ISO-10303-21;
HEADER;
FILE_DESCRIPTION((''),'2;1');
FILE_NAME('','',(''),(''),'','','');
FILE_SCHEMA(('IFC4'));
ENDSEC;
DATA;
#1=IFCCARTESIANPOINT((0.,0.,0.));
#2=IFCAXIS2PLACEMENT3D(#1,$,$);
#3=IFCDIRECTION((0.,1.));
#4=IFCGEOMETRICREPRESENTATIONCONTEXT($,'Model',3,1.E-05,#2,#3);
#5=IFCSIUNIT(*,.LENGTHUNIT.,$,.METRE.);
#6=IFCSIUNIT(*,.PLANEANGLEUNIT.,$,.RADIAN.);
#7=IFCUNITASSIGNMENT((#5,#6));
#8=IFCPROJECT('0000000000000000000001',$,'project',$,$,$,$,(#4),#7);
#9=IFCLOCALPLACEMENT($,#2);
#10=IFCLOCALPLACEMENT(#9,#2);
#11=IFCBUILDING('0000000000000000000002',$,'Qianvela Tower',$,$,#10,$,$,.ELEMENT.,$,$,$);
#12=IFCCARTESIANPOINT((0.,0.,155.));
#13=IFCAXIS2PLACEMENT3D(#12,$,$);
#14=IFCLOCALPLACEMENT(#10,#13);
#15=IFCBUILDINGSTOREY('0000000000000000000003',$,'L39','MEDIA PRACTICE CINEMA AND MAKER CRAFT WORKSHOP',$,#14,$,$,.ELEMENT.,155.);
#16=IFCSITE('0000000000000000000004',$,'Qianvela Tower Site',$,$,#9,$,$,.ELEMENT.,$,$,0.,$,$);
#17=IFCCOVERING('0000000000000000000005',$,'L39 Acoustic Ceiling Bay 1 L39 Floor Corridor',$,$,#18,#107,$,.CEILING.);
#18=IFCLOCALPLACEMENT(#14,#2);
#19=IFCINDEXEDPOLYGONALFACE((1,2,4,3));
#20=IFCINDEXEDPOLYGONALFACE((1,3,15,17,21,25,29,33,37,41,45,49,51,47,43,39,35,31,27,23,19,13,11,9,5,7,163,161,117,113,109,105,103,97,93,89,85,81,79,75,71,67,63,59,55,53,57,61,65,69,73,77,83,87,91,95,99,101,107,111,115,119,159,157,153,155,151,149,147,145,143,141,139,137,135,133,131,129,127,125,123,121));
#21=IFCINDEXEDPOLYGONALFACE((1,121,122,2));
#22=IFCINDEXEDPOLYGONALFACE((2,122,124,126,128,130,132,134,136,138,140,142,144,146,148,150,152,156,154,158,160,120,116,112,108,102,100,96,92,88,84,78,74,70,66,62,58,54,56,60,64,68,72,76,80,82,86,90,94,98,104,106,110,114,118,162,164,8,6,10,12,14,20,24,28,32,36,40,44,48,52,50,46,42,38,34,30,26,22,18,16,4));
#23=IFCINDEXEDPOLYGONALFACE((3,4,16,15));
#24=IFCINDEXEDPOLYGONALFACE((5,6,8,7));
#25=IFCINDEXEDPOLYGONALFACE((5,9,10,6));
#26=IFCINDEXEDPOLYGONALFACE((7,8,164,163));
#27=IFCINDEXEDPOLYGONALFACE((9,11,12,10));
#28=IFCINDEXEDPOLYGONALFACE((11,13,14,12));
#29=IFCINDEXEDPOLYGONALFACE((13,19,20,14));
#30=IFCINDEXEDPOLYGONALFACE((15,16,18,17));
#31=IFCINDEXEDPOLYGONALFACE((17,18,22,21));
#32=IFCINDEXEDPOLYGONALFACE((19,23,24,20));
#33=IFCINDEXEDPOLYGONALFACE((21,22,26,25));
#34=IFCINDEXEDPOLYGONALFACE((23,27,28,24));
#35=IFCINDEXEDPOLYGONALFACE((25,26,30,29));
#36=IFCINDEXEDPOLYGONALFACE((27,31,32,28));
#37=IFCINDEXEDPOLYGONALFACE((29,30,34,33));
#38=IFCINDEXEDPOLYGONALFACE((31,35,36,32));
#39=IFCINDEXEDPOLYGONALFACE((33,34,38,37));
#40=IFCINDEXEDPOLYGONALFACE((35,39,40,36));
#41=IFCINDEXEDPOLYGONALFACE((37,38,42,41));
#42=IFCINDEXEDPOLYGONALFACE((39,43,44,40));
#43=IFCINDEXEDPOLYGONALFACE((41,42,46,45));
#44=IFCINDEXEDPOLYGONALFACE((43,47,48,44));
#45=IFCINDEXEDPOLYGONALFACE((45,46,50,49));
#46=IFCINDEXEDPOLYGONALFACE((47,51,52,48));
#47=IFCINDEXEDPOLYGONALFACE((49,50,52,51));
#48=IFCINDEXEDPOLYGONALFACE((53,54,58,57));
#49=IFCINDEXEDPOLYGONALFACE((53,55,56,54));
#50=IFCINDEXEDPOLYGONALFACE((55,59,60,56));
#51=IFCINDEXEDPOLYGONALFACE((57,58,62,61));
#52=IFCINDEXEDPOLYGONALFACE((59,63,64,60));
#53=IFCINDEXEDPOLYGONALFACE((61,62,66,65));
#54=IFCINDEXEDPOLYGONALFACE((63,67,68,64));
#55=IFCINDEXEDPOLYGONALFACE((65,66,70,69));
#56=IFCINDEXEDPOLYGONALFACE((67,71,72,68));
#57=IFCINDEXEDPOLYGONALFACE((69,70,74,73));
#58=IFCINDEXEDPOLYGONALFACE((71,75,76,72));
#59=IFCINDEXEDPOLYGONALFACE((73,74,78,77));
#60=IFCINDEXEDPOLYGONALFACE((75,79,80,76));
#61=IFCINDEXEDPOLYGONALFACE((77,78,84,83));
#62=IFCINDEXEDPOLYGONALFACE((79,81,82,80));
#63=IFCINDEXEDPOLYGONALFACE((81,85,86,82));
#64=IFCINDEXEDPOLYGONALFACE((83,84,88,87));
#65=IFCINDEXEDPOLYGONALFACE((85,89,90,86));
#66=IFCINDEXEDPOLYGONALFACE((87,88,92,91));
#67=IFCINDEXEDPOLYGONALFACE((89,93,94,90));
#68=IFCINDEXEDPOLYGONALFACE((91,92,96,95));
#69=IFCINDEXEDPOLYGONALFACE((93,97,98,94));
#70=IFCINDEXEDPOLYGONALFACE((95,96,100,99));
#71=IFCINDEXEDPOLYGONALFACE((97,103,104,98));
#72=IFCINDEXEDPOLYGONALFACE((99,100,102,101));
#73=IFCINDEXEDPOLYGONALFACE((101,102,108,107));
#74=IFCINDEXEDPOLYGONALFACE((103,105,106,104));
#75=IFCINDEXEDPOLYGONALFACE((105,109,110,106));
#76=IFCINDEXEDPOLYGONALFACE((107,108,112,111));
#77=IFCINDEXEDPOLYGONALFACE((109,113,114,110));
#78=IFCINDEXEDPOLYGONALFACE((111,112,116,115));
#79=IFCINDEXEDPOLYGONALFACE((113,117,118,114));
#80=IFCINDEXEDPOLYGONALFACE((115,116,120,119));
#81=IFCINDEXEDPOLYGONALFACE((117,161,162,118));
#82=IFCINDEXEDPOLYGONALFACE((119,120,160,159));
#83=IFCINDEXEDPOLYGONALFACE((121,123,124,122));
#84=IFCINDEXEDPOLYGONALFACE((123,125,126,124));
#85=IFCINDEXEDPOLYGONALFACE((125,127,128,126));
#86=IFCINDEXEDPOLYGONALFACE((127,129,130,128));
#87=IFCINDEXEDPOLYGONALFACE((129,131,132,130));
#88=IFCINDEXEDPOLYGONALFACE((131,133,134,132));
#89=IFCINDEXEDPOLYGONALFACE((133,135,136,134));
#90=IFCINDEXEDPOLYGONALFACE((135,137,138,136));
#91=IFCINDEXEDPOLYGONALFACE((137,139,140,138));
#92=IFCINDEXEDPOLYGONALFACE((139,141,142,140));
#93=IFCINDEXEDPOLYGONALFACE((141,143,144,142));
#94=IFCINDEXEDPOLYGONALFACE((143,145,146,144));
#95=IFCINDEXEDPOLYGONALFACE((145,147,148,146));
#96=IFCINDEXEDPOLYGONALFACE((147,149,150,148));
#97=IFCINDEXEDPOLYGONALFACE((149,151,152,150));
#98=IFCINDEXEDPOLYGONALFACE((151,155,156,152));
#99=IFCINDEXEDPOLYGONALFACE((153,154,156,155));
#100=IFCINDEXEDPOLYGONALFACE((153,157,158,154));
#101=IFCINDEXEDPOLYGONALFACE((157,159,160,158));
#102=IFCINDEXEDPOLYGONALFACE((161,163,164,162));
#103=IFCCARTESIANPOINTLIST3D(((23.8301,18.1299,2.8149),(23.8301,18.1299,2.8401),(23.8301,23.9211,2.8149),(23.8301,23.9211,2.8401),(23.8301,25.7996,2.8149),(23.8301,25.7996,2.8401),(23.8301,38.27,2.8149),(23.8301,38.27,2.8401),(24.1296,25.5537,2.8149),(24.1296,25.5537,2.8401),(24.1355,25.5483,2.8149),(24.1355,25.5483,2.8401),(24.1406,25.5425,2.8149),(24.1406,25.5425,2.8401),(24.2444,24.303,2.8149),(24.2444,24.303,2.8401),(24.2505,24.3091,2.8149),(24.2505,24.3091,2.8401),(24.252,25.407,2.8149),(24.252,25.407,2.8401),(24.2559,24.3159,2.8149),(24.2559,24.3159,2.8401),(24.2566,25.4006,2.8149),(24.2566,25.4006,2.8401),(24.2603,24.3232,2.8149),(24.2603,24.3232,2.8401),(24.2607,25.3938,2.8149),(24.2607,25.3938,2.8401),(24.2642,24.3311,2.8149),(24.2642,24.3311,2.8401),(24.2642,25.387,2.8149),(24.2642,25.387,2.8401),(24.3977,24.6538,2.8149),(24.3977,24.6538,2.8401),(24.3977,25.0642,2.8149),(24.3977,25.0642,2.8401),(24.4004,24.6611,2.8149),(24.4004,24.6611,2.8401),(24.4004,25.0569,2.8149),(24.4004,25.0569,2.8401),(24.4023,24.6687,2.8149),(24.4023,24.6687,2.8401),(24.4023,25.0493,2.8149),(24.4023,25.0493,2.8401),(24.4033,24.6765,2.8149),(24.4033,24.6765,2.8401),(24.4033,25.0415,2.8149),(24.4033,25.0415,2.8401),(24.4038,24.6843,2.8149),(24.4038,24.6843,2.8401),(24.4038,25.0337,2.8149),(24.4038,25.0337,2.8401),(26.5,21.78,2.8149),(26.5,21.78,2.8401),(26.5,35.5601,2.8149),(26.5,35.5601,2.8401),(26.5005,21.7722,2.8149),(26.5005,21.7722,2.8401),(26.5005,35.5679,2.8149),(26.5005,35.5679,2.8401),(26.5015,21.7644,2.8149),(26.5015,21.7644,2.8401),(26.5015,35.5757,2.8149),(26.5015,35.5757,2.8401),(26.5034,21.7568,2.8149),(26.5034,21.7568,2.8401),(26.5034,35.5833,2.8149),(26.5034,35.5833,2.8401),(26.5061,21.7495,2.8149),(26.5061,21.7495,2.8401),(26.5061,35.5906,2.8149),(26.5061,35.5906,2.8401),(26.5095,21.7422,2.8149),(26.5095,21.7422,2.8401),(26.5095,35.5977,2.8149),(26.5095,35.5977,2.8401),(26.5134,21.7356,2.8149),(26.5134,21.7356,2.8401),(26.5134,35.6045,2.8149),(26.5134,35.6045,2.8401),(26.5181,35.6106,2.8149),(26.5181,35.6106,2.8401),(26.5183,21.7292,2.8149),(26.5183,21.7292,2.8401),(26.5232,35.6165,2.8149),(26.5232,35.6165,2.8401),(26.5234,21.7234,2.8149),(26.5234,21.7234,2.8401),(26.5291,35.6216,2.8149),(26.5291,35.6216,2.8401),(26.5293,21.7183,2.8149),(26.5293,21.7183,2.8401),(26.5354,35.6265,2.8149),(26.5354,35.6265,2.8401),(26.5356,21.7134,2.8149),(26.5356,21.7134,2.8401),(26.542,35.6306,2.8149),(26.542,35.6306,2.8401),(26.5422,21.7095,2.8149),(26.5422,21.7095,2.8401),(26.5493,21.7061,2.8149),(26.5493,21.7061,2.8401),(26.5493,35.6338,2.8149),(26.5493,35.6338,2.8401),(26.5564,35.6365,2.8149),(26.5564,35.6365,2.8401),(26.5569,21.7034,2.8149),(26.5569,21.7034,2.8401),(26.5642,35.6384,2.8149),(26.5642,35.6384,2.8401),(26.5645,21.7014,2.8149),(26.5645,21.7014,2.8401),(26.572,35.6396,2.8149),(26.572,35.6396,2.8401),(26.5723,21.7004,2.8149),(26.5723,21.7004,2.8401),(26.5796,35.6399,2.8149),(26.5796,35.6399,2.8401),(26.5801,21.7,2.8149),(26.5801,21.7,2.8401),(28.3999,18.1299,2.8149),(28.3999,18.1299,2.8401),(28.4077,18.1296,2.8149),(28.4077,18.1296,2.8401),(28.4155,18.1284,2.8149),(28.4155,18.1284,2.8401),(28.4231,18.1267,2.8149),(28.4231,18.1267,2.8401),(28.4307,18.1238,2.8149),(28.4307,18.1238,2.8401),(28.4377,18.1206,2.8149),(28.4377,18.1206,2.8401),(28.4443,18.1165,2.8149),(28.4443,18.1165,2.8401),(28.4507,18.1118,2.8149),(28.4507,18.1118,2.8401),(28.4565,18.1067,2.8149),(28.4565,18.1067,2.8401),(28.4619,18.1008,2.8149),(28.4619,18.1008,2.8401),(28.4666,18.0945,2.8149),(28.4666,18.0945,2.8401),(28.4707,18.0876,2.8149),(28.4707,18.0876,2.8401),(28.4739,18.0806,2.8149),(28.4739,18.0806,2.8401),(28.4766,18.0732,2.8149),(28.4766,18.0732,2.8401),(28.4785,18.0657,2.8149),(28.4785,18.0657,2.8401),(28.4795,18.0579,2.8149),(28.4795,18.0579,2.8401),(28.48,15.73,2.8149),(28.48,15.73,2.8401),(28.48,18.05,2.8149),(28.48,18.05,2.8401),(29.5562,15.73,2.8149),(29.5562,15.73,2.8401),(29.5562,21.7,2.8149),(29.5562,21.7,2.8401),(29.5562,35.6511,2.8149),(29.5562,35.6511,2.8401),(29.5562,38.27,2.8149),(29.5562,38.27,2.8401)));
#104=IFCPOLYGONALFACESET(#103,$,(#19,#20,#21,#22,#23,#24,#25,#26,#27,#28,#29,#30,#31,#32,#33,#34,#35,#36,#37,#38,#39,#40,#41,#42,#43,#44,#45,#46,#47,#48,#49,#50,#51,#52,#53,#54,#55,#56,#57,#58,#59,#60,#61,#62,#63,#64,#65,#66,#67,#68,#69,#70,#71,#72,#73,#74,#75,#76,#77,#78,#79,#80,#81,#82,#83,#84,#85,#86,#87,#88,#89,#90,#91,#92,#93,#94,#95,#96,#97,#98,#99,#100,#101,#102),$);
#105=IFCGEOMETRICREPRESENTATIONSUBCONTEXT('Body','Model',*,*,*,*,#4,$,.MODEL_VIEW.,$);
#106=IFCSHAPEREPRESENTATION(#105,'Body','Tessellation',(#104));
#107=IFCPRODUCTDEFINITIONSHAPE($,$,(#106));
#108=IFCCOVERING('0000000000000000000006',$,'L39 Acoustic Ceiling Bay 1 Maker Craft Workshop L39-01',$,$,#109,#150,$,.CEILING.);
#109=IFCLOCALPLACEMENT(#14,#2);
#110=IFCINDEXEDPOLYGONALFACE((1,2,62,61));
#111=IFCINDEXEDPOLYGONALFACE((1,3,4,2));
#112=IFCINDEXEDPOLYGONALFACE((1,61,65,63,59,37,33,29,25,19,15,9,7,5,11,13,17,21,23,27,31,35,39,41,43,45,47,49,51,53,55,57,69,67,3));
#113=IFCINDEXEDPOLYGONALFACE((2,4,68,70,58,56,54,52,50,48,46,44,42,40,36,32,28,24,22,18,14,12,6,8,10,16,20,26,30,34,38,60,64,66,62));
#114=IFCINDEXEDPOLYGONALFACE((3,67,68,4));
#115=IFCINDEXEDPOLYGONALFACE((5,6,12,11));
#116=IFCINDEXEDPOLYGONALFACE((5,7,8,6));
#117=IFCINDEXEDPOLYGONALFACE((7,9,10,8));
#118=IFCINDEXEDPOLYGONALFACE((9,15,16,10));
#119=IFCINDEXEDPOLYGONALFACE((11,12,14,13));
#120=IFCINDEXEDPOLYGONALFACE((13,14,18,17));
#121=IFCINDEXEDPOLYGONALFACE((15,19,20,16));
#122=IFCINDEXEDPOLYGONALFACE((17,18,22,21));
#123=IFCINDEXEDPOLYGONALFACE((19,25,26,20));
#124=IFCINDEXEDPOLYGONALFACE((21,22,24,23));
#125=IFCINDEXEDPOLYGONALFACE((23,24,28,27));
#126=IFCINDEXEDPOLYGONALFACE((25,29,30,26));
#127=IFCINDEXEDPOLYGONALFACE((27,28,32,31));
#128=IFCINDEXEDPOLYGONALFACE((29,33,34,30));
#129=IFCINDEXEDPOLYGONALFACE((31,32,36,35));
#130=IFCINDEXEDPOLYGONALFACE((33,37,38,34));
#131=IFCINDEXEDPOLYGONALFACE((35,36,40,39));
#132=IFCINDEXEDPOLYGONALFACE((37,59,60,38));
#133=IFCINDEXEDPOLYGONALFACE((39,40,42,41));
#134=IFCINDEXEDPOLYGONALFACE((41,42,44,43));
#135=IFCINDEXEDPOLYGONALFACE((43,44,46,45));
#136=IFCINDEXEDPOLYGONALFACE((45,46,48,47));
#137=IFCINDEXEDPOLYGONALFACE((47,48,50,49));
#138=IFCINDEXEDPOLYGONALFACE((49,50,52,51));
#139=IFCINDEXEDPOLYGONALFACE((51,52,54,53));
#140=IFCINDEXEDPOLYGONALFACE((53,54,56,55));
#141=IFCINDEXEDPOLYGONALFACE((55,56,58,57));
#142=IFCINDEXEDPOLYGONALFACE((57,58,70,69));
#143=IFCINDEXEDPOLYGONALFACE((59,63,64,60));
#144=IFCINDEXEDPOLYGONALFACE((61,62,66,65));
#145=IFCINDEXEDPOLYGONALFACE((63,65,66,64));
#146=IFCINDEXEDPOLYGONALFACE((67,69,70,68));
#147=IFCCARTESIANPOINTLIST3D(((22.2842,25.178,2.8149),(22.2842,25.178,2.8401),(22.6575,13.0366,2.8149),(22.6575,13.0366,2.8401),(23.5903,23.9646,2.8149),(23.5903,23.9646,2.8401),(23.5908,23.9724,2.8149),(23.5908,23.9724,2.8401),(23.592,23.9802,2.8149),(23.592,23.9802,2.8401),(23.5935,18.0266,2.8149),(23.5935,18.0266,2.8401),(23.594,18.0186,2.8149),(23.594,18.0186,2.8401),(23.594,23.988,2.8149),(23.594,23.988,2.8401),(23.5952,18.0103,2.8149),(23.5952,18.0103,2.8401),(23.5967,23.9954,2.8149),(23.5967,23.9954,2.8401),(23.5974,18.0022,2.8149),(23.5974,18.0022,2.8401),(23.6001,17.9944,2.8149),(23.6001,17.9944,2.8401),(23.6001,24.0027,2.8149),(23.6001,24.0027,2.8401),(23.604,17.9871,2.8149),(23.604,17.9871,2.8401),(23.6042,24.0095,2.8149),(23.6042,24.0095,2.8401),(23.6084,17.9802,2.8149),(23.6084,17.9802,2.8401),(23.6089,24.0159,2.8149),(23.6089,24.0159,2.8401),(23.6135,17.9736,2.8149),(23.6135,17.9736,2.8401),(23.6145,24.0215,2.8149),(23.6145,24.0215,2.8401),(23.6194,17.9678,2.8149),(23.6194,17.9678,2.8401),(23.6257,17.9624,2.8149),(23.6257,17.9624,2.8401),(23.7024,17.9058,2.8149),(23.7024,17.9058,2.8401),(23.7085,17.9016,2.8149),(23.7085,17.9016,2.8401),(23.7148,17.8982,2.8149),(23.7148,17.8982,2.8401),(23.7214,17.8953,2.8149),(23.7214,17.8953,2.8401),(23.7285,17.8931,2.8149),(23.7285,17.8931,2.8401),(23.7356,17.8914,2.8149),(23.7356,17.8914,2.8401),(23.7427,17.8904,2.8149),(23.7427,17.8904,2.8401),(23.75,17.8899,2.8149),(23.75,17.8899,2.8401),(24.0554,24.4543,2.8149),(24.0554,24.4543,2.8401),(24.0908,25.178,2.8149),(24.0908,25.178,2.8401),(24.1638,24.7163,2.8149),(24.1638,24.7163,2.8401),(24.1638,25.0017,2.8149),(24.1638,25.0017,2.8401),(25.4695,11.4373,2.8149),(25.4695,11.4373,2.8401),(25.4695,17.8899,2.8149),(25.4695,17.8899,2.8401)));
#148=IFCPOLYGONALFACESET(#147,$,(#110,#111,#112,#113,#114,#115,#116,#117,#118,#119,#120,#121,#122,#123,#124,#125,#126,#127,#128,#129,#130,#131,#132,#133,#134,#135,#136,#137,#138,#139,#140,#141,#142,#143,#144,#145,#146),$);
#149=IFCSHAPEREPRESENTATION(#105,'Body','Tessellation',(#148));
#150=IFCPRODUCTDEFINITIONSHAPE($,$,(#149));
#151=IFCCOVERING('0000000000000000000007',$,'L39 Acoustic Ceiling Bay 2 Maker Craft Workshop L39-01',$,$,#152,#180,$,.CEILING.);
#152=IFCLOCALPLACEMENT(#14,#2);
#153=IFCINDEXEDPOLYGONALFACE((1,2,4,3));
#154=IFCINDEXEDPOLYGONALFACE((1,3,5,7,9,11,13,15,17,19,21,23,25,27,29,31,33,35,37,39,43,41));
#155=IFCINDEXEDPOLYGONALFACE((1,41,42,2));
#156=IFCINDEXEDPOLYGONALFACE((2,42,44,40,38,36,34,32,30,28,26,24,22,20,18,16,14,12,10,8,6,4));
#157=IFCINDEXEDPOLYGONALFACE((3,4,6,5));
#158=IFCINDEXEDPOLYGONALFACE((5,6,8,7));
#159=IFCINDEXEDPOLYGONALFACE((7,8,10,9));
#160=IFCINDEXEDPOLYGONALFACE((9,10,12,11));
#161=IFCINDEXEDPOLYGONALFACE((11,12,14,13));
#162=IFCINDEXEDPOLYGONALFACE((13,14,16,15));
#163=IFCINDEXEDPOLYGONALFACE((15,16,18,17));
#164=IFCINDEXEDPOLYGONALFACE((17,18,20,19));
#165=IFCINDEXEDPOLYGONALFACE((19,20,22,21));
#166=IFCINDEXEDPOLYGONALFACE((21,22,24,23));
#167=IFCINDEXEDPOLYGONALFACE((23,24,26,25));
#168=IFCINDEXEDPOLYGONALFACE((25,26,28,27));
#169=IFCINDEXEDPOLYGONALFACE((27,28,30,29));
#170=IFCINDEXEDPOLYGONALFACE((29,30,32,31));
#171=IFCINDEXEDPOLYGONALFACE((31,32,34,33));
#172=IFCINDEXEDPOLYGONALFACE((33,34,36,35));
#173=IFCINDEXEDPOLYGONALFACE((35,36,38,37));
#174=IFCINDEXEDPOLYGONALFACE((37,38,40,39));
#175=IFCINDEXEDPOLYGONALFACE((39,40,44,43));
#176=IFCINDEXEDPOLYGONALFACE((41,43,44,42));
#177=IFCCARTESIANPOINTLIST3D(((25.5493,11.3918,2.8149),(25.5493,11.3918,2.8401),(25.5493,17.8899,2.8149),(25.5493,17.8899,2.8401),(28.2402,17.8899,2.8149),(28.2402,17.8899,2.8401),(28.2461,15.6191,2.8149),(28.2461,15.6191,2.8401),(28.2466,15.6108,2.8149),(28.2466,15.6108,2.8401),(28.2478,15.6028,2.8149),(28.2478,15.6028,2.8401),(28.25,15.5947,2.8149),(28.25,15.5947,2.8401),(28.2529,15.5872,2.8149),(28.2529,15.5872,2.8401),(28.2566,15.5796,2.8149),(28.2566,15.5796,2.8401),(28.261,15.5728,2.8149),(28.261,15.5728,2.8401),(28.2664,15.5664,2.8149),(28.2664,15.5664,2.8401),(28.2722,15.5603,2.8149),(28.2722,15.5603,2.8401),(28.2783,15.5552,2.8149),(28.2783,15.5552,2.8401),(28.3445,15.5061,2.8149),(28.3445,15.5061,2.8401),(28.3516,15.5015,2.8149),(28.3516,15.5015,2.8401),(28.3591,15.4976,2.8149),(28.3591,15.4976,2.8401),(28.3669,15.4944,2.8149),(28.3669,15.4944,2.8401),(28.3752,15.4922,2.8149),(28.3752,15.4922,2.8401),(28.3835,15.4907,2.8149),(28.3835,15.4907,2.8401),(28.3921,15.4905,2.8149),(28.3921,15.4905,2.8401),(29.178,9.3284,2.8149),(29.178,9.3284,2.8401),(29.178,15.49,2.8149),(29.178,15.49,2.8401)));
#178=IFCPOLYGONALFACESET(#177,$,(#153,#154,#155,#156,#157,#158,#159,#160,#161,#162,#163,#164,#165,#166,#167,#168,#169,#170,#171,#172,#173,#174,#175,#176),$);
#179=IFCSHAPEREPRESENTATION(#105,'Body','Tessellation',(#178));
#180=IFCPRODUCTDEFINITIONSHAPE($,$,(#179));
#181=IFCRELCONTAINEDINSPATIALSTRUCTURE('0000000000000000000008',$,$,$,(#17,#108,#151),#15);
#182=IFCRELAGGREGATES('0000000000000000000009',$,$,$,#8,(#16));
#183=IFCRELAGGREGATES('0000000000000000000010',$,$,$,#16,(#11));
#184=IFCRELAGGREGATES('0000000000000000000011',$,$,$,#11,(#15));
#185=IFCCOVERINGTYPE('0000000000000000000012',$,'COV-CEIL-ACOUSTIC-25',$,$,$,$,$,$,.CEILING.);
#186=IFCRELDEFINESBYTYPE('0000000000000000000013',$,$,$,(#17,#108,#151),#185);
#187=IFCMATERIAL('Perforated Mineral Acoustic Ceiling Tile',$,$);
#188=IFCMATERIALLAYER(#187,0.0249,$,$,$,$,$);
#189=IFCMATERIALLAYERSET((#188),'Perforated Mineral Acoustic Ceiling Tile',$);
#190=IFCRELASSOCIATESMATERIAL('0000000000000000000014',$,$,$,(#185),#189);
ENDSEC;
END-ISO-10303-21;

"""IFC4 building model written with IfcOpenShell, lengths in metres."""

from ifc_helpers import new_model, si_unit, direction, frame, origin, place, context, subcontext, project, spatial, polyline, outline, extrude, material, layer, layer_set, type_object, element, save


model = new_model("IFC4")

# Units and contexts
model_context = context("Model", 3, precision=1e-05, world=origin(), true_north=direction((0.0, 1.0)))
body_context = subcontext(model_context, "Body", "Model", "MODEL_VIEW")
ifc_project = project(units=[si_unit("LENGTHUNIT", "METRE"), si_unit("PLANEANGLEUNIT", "RADIAN")], contexts=[model_context])

# Site, building, storey
site_placement = place(None, origin())
site = spatial("IfcSite", under=ifc_project, at=site_placement, Name="Qianvela Tower Site", CompositionType="ELEMENT", RefElevation=0.0)
building_placement = place(site_placement, origin())
building = spatial("IfcBuilding", under=site, at=building_placement, Name="Qianvela Tower", CompositionType="ELEMENT")
storey_placement = place(building_placement, frame((0.0, 0.0, 155.0)))
storey = spatial("IfcBuildingStorey", under=building, at=storey_placement, Name="L39", Description="MEDIA PRACTICE CINEMA AND MAKER CRAFT WORKSHOP", CompositionType="ELEMENT", Elevation=155.0)

# Coverings
ifc_material_1 = material(Name="Perforated Mineral Acoustic Ceiling Tile")
ifc_layer_1 = layer(ifc_material_1, 0.0249)
ifc_layer_set_1 = layer_set([ifc_layer_1], Name="Perforated Mineral Acoustic Ceiling Tile")
covering_type_1 = type_object("IfcCoveringType", Name="COV-CEIL-ACOUSTIC-25", PredefinedType="CEILING", material=ifc_layer_set_1)
covering_1_placement = place(storey_placement, frame((0.0, 0.0, 2.8149)))
element("IfcCovering", 1, at=covering_1_placement, inside=storey, type_object=covering_type_1, Name="L39 Acoustic Ceiling Bay 1 L39 Floor Corridor", PredefinedType="CEILING", context=body_context, shape_type="SweptSolid", body=[
    extrude(outline(polyline([(24.4033, 25.0415), (24.4023, 25.0493), (24.4004, 25.0569), (24.3977, 25.0642), (24.2642, 25.387), (24.2607, 25.3938), (24.2566, 25.4006), (24.252, 25.407), (24.1406, 25.5425), (24.1355, 25.5483), (24.1296, 25.5537), (23.8301, 25.7996), (23.8301, 38.27), (29.5562, 38.27), (29.5562, 35.6511), (26.5796, 35.6399), (26.572, 35.6396), (26.5642, 35.6384), (26.5564, 35.6365), (26.5493, 35.6338), (26.542, 35.6306), (26.5354, 35.6265), (26.5291, 35.6216), (26.5232, 35.6165), (26.5181, 35.6106), (26.5134, 35.6045), (26.5095, 35.5977), (26.5061, 35.5906), (26.5034, 35.5833), (26.5015, 35.5757), (26.5005, 35.5679), (26.5, 35.5601), (26.5, 21.78), (26.5005, 21.7722), (26.5015, 21.7644), (26.5034, 21.7568), (26.5061, 21.7495), (26.5095, 21.7422), (26.5134, 21.7356), (26.5183, 21.7292), (26.5234, 21.7234), (26.5293, 21.7183), (26.5356, 21.7134), (26.5422, 21.7095), (26.5493, 21.7061), (26.5569, 21.7034), (26.5645, 21.7014), (26.5723, 21.7004), (26.5801, 21.7), (29.5562, 21.7), (29.5562, 15.73), (28.48, 15.73), (28.48, 18.05), (28.4795, 18.0579), (28.4785, 18.0657), (28.4766, 18.0732), (28.4739, 18.0806), (28.4707, 18.0876), (28.4666, 18.0945), (28.4619, 18.1008), (28.4565, 18.1067), (28.4507, 18.1118), (28.4443, 18.1165), (28.4377, 18.1206), (28.4307, 18.1238), (28.4231, 18.1267), (28.4155, 18.1284), (28.4077, 18.1296), (28.3999, 18.1299), (23.8301, 18.1299), (23.8301, 23.9211), (24.2444, 24.303), (24.2505, 24.3091), (24.2559, 24.3159), (24.2603, 24.3232), (24.2642, 24.3311), (24.3977, 24.6538), (24.4004, 24.6611), (24.4023, 24.6687), (24.4033, 24.6765), (24.4038, 24.6843), (24.4038, 25.0337), (24.4033, 25.0415)])), origin(), (0.0, 0.0, 1.0), 0.0251),
])
covering_2_placement = place(storey_placement, frame((0.0, 0.0, 2.8149)))
element("IfcCovering", 2, at=covering_2_placement, inside=storey, type_object=covering_type_1, Name="L39 Acoustic Ceiling Bay 1 Maker Craft Workshop L39-01", PredefinedType="CEILING", context=body_context, shape_type="SweptSolid", body=[
    extrude(outline(polyline([(24.0908, 25.178), (24.1638, 25.0017), (24.1638, 24.7163), (24.0554, 24.4543), (23.6145, 24.0215), (23.6089, 24.0159), (23.6042, 24.0095), (23.6001, 24.0027), (23.5967, 23.9954), (23.594, 23.988), (23.592, 23.9802), (23.5908, 23.9724), (23.5903, 23.9646), (23.5935, 18.0266), (23.594, 18.0186), (23.5952, 18.0103), (23.5974, 18.0022), (23.6001, 17.9944), (23.604, 17.9871), (23.6084, 17.9802), (23.6135, 17.9736), (23.6194, 17.9678), (23.6257, 17.9624), (23.7024, 17.9058), (23.7085, 17.9016), (23.7148, 17.8982), (23.7214, 17.8953), (23.7285, 17.8931), (23.7356, 17.8914), (23.7427, 17.8904), (23.75, 17.8899), (25.4695, 17.8899), (25.4695, 11.4373), (22.6575, 13.0366), (22.2842, 25.178), (24.0908, 25.178)])), origin(), (0.0, 0.0, 1.0), 0.0251),
])
covering_3_placement = place(storey_placement, frame((0.0, 0.0, 2.8149)))
element("IfcCovering", 3, at=covering_3_placement, inside=storey, type_object=covering_type_1, Name="L39 Acoustic Ceiling Bay 2 Maker Craft Workshop L39-01", PredefinedType="CEILING", context=body_context, shape_type="SweptSolid", body=[
    extrude(outline(polyline([(28.2402, 17.8899), (28.2461, 15.6191), (28.2466, 15.6108), (28.2478, 15.6028), (28.25, 15.5947), (28.2529, 15.5872), (28.2566, 15.5796), (28.261, 15.5728), (28.2664, 15.5664), (28.2722, 15.5603), (28.2783, 15.5552), (28.3445, 15.5061), (28.3516, 15.5015), (28.3591, 15.4976), (28.3669, 15.4944), (28.3752, 15.4922), (28.3835, 15.4907), (28.3921, 15.4905), (29.178, 15.49), (29.178, 9.3284), (25.5493, 11.3918), (25.5493, 17.8899), (28.2402, 17.8899)])), origin(), (0.0, 0.0, 1.0), 0.0251),
])

save(model, "model.ifc")
